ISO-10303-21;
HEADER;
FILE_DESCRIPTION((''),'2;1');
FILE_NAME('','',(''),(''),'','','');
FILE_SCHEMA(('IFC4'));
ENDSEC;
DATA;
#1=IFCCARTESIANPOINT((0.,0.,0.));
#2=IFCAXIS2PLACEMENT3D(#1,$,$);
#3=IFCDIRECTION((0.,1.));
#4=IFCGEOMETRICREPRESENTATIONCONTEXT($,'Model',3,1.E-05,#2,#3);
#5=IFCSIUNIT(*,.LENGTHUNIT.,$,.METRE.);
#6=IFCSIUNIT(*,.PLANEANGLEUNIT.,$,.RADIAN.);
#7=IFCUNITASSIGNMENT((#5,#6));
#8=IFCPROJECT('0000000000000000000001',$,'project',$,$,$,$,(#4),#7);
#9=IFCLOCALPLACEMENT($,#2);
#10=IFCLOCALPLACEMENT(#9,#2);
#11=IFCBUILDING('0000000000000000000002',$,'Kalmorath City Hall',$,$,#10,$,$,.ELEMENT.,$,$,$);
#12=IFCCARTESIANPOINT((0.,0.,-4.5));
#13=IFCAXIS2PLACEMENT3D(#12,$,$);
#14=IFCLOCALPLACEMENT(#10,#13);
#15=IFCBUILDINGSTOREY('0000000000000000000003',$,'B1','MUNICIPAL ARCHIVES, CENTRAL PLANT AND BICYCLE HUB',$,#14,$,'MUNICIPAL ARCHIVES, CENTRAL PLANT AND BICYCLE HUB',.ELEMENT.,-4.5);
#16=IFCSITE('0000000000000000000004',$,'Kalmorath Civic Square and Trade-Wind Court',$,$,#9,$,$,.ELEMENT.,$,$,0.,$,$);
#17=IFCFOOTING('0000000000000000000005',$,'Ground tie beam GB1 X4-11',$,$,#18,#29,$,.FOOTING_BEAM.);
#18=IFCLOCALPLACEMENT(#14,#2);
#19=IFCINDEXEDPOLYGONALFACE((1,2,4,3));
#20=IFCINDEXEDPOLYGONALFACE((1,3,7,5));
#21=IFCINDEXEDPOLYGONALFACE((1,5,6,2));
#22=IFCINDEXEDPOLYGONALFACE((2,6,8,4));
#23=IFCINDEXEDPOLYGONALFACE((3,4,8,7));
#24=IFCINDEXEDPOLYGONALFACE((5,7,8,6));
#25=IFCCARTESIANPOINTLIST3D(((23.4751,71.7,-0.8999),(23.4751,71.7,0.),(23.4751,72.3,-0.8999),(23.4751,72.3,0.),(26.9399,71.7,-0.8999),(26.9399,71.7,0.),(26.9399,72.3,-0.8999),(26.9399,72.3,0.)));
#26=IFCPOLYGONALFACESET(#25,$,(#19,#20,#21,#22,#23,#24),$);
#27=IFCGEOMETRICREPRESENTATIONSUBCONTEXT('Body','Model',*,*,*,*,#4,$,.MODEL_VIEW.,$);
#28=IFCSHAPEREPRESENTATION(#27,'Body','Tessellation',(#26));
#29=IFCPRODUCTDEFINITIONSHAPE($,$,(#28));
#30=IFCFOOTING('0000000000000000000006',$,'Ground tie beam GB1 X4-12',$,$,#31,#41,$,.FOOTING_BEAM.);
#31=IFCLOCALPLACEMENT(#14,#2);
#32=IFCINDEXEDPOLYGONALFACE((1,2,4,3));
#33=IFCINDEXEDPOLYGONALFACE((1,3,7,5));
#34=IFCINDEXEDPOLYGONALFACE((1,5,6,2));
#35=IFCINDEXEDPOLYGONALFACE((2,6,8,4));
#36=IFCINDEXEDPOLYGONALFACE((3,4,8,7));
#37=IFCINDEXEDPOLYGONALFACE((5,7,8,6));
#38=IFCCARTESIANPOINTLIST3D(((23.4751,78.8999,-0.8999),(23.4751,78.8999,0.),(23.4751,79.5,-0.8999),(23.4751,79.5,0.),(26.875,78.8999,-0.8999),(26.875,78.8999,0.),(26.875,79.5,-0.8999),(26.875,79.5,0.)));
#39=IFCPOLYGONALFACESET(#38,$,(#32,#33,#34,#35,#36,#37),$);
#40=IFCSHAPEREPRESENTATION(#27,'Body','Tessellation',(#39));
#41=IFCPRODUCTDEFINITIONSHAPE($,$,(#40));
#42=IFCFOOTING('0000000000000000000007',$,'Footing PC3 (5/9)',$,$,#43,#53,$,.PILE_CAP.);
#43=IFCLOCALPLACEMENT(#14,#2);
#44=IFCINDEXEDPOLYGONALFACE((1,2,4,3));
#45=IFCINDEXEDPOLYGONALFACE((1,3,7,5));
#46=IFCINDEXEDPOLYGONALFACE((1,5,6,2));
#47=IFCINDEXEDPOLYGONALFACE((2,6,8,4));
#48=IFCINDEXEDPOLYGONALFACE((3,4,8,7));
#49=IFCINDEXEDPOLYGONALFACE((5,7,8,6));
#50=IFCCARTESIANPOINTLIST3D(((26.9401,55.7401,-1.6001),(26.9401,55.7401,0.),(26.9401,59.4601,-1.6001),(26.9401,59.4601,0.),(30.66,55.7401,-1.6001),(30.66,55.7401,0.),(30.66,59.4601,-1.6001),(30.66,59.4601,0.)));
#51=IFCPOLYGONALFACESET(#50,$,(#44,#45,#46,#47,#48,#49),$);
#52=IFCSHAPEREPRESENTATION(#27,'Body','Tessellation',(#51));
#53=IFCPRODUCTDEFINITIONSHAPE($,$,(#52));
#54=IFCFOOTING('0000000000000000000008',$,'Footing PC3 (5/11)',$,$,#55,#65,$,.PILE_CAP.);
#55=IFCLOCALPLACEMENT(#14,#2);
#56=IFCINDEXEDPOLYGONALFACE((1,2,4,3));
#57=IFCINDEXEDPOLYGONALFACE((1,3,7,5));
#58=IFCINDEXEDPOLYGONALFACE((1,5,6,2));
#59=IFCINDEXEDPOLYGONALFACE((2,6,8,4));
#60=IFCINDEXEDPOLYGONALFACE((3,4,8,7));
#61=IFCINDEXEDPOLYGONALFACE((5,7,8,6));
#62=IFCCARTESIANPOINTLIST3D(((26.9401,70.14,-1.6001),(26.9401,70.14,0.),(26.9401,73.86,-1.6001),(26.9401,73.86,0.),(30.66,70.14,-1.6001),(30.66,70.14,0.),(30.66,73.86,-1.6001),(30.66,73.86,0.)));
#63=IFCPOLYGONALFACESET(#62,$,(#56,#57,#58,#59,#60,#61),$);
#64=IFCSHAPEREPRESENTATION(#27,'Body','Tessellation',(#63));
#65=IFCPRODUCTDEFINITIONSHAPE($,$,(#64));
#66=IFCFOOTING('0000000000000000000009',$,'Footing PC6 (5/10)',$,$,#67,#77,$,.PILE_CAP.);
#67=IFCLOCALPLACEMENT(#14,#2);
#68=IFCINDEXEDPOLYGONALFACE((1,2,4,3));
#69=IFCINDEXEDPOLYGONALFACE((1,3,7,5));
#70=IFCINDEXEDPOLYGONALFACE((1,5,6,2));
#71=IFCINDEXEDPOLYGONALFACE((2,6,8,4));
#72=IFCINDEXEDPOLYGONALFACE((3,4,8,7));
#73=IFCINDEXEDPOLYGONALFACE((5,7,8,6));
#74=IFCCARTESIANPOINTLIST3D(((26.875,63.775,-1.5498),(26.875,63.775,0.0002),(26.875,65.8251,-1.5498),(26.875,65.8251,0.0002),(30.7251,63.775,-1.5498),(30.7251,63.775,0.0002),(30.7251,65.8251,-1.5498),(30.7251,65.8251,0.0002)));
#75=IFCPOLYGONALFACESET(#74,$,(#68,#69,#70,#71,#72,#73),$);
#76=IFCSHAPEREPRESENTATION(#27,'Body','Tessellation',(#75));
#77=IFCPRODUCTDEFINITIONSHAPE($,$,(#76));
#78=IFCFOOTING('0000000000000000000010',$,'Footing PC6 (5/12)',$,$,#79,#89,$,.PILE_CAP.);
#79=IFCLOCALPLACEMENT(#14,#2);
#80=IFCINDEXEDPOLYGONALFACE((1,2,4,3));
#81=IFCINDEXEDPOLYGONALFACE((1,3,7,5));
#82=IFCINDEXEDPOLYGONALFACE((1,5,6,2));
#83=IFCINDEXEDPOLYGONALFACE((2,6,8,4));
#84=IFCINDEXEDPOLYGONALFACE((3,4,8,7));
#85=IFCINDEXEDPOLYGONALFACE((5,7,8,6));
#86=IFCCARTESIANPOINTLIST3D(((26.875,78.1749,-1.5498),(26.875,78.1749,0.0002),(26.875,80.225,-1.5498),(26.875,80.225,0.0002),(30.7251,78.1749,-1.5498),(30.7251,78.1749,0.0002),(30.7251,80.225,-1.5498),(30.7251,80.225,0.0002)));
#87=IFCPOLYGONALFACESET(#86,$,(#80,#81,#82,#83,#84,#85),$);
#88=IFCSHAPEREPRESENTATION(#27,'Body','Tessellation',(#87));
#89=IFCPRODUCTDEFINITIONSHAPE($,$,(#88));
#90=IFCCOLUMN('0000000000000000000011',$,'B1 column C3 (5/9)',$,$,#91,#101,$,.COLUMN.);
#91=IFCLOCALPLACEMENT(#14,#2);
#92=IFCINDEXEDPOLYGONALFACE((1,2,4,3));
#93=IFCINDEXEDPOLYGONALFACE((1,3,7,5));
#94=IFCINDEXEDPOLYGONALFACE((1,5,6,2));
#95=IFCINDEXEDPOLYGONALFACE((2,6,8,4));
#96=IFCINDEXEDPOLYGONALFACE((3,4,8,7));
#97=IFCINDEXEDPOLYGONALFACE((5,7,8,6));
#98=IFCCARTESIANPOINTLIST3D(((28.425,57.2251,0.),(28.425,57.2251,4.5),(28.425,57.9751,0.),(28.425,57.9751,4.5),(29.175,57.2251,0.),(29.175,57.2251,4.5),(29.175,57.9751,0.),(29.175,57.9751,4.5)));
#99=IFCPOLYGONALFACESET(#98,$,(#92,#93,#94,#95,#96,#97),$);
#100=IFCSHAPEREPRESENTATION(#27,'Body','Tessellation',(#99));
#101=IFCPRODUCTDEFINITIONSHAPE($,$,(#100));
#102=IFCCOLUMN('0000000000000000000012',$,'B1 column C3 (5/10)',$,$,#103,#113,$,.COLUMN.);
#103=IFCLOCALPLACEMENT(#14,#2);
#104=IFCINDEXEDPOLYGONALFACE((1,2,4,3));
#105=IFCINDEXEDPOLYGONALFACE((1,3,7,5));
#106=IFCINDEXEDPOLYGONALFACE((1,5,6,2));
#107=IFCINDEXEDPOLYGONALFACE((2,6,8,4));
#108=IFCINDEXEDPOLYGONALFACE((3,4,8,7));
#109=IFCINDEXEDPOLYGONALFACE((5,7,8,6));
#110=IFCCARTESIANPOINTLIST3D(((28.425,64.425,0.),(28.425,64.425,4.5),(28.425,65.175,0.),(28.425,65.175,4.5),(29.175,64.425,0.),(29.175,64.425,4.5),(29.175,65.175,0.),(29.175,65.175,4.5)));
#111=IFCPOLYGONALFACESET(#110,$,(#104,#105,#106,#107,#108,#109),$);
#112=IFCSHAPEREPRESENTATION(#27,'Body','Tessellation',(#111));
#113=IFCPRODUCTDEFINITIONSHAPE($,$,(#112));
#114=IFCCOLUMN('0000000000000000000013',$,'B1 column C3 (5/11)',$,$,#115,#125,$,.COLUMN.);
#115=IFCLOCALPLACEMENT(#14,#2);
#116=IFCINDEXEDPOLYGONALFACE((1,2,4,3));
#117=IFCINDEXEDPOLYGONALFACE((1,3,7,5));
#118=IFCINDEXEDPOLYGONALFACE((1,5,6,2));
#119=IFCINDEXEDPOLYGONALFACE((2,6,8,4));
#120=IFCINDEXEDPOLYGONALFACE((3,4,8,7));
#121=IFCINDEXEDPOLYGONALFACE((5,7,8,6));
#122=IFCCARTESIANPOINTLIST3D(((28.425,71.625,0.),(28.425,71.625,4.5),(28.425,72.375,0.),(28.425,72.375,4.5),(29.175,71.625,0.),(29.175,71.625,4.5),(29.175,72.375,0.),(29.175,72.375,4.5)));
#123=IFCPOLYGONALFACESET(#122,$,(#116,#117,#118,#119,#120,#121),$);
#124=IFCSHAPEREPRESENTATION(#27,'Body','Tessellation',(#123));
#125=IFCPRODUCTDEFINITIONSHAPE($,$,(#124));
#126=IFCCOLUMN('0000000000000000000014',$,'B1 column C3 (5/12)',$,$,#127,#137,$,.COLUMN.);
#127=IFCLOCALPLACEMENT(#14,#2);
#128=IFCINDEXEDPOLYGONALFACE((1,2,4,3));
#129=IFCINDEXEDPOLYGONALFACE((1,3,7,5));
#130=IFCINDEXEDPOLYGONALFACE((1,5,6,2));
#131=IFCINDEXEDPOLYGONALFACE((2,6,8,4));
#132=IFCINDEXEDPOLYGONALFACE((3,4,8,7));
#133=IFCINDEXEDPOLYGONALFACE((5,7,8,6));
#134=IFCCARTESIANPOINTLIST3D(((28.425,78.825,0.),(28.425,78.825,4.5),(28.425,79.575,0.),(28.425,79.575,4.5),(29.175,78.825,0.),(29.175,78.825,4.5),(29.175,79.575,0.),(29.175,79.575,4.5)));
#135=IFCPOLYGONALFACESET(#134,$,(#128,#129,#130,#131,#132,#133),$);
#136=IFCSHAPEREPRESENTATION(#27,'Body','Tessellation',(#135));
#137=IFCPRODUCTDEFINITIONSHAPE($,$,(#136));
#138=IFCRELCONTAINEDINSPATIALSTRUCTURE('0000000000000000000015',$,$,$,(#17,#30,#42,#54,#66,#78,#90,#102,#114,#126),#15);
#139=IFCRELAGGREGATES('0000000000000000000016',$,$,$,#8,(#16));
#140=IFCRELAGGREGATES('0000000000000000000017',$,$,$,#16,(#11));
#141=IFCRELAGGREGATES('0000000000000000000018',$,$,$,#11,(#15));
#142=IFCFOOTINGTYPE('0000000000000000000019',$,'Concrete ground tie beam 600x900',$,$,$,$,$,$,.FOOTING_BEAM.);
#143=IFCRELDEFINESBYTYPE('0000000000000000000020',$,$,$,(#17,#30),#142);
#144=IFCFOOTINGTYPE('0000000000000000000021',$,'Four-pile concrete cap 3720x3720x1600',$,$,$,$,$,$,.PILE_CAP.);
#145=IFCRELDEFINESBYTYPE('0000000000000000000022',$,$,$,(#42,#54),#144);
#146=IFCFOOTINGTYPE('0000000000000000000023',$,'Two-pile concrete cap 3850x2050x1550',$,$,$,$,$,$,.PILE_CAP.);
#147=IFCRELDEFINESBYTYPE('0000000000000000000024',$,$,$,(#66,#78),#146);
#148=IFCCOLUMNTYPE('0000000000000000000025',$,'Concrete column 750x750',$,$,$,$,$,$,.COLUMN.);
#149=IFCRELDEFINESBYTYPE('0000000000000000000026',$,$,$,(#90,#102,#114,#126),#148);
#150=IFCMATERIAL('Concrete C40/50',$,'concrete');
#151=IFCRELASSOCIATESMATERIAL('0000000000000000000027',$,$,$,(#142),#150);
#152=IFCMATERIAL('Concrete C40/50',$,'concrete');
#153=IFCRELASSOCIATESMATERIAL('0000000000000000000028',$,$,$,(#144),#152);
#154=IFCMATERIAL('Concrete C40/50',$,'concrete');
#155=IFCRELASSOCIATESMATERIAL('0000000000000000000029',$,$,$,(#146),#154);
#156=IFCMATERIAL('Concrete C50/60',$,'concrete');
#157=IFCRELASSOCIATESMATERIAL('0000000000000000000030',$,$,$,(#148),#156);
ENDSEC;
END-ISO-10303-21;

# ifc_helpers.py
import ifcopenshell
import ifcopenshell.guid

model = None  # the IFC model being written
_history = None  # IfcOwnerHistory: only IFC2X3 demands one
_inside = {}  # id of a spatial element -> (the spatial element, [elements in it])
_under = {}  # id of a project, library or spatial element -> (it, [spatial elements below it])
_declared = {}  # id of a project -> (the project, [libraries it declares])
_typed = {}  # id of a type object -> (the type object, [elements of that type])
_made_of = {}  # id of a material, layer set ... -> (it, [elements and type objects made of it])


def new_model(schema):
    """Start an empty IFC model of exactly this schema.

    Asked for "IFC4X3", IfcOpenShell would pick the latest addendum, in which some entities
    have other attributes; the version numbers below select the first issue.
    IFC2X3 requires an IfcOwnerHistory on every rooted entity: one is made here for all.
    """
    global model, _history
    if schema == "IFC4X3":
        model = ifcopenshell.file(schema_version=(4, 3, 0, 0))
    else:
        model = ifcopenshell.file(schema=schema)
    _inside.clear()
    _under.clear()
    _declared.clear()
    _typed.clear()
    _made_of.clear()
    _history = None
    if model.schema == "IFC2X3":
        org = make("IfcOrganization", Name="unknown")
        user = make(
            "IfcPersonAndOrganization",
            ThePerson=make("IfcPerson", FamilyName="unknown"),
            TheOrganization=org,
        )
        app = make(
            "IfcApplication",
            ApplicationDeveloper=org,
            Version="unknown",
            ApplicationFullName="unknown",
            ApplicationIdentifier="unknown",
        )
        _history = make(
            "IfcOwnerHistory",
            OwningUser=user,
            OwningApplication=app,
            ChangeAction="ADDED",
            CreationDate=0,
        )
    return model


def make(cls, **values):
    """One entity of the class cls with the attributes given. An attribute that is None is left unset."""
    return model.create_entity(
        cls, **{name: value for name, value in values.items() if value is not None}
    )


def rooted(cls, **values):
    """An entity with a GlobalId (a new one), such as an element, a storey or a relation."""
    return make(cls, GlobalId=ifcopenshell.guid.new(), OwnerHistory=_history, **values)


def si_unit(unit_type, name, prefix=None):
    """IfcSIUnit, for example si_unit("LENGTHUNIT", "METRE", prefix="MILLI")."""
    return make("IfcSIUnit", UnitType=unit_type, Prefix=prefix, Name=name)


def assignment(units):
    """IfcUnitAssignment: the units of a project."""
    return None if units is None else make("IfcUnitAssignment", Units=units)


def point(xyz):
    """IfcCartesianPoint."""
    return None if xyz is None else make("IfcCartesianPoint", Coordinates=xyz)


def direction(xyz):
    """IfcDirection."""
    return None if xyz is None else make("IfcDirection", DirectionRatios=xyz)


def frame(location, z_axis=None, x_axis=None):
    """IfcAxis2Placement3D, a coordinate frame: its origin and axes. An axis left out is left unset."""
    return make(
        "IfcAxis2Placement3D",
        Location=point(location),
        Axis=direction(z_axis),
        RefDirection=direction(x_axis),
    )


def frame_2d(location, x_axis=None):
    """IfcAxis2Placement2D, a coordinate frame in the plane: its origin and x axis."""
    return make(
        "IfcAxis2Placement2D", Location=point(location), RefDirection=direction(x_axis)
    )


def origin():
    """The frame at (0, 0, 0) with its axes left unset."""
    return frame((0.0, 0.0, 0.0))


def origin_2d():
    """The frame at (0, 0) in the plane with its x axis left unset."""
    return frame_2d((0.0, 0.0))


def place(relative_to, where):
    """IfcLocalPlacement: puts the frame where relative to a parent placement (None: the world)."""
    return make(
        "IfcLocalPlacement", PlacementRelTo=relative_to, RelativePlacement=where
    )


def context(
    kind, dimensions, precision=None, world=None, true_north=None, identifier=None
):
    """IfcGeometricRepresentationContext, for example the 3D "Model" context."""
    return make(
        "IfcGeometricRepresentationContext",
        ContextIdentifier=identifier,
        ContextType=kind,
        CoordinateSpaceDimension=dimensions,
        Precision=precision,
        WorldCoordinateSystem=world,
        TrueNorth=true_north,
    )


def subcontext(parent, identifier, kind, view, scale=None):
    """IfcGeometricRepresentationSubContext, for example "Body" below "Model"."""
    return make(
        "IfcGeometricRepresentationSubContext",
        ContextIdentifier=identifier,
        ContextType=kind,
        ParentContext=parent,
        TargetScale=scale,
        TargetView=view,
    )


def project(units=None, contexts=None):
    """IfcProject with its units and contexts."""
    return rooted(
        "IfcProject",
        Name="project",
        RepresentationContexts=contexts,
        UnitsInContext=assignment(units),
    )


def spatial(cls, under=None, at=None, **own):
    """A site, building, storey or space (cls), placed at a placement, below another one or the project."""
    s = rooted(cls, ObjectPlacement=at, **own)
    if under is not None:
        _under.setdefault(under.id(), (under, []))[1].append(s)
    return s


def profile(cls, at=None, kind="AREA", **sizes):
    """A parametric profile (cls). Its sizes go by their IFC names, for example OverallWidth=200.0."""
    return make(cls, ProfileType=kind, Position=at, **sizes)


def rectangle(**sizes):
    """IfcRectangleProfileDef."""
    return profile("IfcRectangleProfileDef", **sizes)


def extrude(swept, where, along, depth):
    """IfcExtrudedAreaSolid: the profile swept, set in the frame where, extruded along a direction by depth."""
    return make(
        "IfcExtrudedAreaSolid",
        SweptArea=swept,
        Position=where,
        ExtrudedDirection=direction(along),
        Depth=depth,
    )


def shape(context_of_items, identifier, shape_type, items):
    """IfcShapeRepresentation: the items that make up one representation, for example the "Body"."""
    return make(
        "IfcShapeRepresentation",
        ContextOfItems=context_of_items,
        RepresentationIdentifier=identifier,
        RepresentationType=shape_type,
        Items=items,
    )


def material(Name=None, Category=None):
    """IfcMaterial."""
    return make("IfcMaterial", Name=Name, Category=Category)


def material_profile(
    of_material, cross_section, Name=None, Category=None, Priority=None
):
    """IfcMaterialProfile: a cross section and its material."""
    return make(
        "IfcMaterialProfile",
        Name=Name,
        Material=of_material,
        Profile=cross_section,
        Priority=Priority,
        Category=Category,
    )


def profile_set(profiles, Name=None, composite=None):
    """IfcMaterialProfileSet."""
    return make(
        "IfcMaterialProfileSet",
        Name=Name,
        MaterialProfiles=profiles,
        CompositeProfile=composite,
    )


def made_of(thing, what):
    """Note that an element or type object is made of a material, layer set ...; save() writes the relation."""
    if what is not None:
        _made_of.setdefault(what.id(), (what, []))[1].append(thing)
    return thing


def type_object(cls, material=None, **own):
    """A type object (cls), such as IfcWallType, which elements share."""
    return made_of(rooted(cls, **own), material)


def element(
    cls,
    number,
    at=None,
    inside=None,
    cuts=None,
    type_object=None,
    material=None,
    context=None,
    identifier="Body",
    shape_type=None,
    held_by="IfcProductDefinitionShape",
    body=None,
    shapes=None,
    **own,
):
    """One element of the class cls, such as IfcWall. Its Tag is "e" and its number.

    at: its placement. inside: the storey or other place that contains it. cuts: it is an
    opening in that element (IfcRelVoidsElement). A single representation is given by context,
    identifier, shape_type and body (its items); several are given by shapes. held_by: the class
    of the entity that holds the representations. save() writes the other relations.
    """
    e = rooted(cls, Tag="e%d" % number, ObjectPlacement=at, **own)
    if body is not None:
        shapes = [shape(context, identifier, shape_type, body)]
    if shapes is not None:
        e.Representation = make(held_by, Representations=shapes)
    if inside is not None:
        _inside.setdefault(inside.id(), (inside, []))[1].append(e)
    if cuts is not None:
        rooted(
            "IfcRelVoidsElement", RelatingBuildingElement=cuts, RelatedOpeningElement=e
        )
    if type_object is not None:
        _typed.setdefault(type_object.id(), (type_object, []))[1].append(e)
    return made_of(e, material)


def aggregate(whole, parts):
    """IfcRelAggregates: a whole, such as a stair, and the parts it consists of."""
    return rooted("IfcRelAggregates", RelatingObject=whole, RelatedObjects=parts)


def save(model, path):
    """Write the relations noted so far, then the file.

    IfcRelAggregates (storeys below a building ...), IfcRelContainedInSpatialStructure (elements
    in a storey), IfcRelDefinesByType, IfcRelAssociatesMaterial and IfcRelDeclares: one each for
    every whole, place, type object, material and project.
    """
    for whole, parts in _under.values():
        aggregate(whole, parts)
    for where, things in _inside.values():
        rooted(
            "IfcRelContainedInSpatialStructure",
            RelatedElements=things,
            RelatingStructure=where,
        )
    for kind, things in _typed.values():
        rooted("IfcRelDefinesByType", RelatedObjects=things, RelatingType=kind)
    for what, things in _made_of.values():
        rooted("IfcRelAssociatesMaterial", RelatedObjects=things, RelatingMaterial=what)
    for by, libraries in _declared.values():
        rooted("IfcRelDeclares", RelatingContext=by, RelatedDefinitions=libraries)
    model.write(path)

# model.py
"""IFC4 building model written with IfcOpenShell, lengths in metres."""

from ifc_helpers import new_model, si_unit, direction, frame, origin, origin_2d, place, context, subcontext, project, spatial, rectangle, extrude, material, material_profile, profile_set, type_object, element, save


model = new_model("IFC4")

# Units and contexts
model_context = context("Model", 3, precision=1e-05, world=origin(), true_north=direction((0.0, 1.0)))
body_context = subcontext(model_context, "Body", "Model", "MODEL_VIEW")
ifc_project = project(units=[si_unit("LENGTHUNIT", "METRE"), si_unit("PLANEANGLEUNIT", "RADIAN")], contexts=[model_context])

# Site, building, storey
site_placement = place(None, origin())
site = spatial("IfcSite", under=ifc_project, at=site_placement, Name="Kalmorath Civic Square and Trade-Wind Court", CompositionType="ELEMENT", RefElevation=0.0)
building_placement = place(site_placement, origin())
building = spatial("IfcBuilding", under=site, at=building_placement, Name="Kalmorath City Hall", CompositionType="ELEMENT")
storey_placement = place(building_placement, frame((0.0, 0.0, -4.5)))
storey = spatial("IfcBuildingStorey", under=building, at=storey_placement, Name="B1", Description="MUNICIPAL ARCHIVES, CENTRAL PLANT AND BICYCLE HUB", LongName="MUNICIPAL ARCHIVES, CENTRAL PLANT AND BICYCLE HUB", CompositionType="ELEMENT", Elevation=-4.5)

# Footings
ifc_material_1 = material(Name="Concrete C40/50", Category="concrete")
ifc_material_profile_1 = material_profile(ifc_material_1, rectangle(XDim=0.6001, YDim=0.8999, at=origin_2d()), Name="RC-BM-600X900")
ifc_profile_set_1 = profile_set([ifc_material_profile_1], Name="Concrete C40/50")
footing_type_1 = type_object("IfcFootingType", Name="Concrete ground tie beam 600x900", PredefinedType="FOOTING_BEAM", material=ifc_profile_set_1)
footing_1_placement = place(storey_placement, frame((23.4751, 72.0, -0.45), z_axis=(1.0, 0.0, 0.0), x_axis=(0.0, 1.0, 0.0)))
element("IfcFooting", 1, at=footing_1_placement, inside=storey, type_object=footing_type_1, Name="Ground tie beam GB1 X4-11", PredefinedType="FOOTING_BEAM", context=body_context, shape_type="SweptSolid", body=[
    extrude(rectangle(XDim=0.6001, YDim=0.8999, at=origin_2d()), origin(), (0.0, 0.0, 1.0), 3.4648),
])
footing_2_placement = place(storey_placement, frame((23.4751, 79.2, -0.45), z_axis=(1.0, 0.0, 0.0), x_axis=(0.0, 1.0, 0.0)))
element("IfcFooting", 2, at=footing_2_placement, inside=storey, type_object=footing_type_1, Name="Ground tie beam GB1 X4-12", PredefinedType="FOOTING_BEAM", context=body_context, shape_type="SweptSolid", body=[
    extrude(rectangle(XDim=0.6001, YDim=0.8999, at=origin_2d()), origin(), (0.0, 0.0, 1.0), 3.3999),
])
ifc_material_2 = material(Name="Concrete C40/50", Category="concrete")
footing_type_2 = type_object("IfcFootingType", Name="Four-pile concrete cap 3720x3720x1600", PredefinedType="PILE_CAP", material=ifc_material_2)
for number, where, z_axis, x_axis, name in (
    (3, (28.8, 57.6001, -1.6001), (0.0, 0.0, 1.0), (1.0, 0.0, 0.0), "Footing PC3 (5/9)"),
    (4, (28.8, 72.0, -1.6001), (0.0, 0.0, 1.0), (1.0, 0.0, 0.0), "Footing PC3 (5/11)"),
):
    element("IfcFooting", number, at=place(storey_placement, frame(where, z_axis=z_axis, x_axis=x_axis)), inside=storey, type_object=footing_type_2, Name=name, PredefinedType="PILE_CAP", context=body_context, shape_type="SweptSolid", body=[
        extrude(rectangle(XDim=3.72, YDim=3.72, at=origin_2d()), origin(), (0.0, 0.0, 1.0), 1.6001),
    ])
ifc_material_3 = material(Name="Concrete C40/50", Category="concrete")
footing_type_3 = type_object("IfcFootingType", Name="Two-pile concrete cap 3850x2050x1550", PredefinedType="PILE_CAP", material=ifc_material_3)
for number, where, z_axis, x_axis, name in (
    (5, (28.8, 64.8, -1.5498), (0.0, 0.0, 1.0), (1.0, 0.0, 0.0), "Footing PC6 (5/10)"),
    (6, (28.8, 79.2, -1.5498), (0.0, 0.0, 1.0), (1.0, 0.0, 0.0), "Footing PC6 (5/12)"),
):
    element("IfcFooting", number, at=place(storey_placement, frame(where, z_axis=z_axis, x_axis=x_axis)), inside=storey, type_object=footing_type_3, Name=name, PredefinedType="PILE_CAP", context=body_context, shape_type="SweptSolid", body=[
        extrude(rectangle(XDim=3.8501, YDim=2.05, at=origin_2d()), origin(), (0.0, 0.0, 1.0), 1.55),
    ])

# Columns
ifc_material_4 = material(Name="Concrete C50/60", Category="concrete")
ifc_material_profile_2 = material_profile(ifc_material_4, rectangle(XDim=0.75, YDim=0.75, at=origin_2d()), Name="RC-COL-750X750")
ifc_profile_set_2 = profile_set([ifc_material_profile_2], Name="Concrete C50/60")
column_type = type_object("IfcColumnType", Name="Concrete column 750x750", PredefinedType="COLUMN", material=ifc_profile_set_2)
for number, where, z_axis, x_axis, name in (
    (7, (28.8, 57.6001, 0.0), (0.0, 0.0, 1.0), (1.0, 0.0, 0.0), "B1 column C3 (5/9)"),
    (8, (28.8, 64.8, 0.0), (0.0, 0.0, 1.0), (1.0, 0.0, 0.0), "B1 column C3 (5/10)"),
    (9, (28.8, 72.0, 0.0), (0.0, 0.0, 1.0), (1.0, 0.0, 0.0), "B1 column C3 (5/11)"),
    (10, (28.8, 79.2, 0.0), (0.0, 0.0, 1.0), (1.0, 0.0, 0.0), "B1 column C3 (5/12)"),
):
    element("IfcColumn", number, at=place(storey_placement, frame(where, z_axis=z_axis, x_axis=x_axis)), inside=storey, type_object=column_type, Name=name, PredefinedType="COLUMN", context=body_context, shape_type="SweptSolid", body=[
        extrude(rectangle(XDim=0.75, YDim=0.75, at=origin_2d()), origin(), (0.0, 0.0, 1.0), 4.5),
    ])

save(model, "model.ifc")
